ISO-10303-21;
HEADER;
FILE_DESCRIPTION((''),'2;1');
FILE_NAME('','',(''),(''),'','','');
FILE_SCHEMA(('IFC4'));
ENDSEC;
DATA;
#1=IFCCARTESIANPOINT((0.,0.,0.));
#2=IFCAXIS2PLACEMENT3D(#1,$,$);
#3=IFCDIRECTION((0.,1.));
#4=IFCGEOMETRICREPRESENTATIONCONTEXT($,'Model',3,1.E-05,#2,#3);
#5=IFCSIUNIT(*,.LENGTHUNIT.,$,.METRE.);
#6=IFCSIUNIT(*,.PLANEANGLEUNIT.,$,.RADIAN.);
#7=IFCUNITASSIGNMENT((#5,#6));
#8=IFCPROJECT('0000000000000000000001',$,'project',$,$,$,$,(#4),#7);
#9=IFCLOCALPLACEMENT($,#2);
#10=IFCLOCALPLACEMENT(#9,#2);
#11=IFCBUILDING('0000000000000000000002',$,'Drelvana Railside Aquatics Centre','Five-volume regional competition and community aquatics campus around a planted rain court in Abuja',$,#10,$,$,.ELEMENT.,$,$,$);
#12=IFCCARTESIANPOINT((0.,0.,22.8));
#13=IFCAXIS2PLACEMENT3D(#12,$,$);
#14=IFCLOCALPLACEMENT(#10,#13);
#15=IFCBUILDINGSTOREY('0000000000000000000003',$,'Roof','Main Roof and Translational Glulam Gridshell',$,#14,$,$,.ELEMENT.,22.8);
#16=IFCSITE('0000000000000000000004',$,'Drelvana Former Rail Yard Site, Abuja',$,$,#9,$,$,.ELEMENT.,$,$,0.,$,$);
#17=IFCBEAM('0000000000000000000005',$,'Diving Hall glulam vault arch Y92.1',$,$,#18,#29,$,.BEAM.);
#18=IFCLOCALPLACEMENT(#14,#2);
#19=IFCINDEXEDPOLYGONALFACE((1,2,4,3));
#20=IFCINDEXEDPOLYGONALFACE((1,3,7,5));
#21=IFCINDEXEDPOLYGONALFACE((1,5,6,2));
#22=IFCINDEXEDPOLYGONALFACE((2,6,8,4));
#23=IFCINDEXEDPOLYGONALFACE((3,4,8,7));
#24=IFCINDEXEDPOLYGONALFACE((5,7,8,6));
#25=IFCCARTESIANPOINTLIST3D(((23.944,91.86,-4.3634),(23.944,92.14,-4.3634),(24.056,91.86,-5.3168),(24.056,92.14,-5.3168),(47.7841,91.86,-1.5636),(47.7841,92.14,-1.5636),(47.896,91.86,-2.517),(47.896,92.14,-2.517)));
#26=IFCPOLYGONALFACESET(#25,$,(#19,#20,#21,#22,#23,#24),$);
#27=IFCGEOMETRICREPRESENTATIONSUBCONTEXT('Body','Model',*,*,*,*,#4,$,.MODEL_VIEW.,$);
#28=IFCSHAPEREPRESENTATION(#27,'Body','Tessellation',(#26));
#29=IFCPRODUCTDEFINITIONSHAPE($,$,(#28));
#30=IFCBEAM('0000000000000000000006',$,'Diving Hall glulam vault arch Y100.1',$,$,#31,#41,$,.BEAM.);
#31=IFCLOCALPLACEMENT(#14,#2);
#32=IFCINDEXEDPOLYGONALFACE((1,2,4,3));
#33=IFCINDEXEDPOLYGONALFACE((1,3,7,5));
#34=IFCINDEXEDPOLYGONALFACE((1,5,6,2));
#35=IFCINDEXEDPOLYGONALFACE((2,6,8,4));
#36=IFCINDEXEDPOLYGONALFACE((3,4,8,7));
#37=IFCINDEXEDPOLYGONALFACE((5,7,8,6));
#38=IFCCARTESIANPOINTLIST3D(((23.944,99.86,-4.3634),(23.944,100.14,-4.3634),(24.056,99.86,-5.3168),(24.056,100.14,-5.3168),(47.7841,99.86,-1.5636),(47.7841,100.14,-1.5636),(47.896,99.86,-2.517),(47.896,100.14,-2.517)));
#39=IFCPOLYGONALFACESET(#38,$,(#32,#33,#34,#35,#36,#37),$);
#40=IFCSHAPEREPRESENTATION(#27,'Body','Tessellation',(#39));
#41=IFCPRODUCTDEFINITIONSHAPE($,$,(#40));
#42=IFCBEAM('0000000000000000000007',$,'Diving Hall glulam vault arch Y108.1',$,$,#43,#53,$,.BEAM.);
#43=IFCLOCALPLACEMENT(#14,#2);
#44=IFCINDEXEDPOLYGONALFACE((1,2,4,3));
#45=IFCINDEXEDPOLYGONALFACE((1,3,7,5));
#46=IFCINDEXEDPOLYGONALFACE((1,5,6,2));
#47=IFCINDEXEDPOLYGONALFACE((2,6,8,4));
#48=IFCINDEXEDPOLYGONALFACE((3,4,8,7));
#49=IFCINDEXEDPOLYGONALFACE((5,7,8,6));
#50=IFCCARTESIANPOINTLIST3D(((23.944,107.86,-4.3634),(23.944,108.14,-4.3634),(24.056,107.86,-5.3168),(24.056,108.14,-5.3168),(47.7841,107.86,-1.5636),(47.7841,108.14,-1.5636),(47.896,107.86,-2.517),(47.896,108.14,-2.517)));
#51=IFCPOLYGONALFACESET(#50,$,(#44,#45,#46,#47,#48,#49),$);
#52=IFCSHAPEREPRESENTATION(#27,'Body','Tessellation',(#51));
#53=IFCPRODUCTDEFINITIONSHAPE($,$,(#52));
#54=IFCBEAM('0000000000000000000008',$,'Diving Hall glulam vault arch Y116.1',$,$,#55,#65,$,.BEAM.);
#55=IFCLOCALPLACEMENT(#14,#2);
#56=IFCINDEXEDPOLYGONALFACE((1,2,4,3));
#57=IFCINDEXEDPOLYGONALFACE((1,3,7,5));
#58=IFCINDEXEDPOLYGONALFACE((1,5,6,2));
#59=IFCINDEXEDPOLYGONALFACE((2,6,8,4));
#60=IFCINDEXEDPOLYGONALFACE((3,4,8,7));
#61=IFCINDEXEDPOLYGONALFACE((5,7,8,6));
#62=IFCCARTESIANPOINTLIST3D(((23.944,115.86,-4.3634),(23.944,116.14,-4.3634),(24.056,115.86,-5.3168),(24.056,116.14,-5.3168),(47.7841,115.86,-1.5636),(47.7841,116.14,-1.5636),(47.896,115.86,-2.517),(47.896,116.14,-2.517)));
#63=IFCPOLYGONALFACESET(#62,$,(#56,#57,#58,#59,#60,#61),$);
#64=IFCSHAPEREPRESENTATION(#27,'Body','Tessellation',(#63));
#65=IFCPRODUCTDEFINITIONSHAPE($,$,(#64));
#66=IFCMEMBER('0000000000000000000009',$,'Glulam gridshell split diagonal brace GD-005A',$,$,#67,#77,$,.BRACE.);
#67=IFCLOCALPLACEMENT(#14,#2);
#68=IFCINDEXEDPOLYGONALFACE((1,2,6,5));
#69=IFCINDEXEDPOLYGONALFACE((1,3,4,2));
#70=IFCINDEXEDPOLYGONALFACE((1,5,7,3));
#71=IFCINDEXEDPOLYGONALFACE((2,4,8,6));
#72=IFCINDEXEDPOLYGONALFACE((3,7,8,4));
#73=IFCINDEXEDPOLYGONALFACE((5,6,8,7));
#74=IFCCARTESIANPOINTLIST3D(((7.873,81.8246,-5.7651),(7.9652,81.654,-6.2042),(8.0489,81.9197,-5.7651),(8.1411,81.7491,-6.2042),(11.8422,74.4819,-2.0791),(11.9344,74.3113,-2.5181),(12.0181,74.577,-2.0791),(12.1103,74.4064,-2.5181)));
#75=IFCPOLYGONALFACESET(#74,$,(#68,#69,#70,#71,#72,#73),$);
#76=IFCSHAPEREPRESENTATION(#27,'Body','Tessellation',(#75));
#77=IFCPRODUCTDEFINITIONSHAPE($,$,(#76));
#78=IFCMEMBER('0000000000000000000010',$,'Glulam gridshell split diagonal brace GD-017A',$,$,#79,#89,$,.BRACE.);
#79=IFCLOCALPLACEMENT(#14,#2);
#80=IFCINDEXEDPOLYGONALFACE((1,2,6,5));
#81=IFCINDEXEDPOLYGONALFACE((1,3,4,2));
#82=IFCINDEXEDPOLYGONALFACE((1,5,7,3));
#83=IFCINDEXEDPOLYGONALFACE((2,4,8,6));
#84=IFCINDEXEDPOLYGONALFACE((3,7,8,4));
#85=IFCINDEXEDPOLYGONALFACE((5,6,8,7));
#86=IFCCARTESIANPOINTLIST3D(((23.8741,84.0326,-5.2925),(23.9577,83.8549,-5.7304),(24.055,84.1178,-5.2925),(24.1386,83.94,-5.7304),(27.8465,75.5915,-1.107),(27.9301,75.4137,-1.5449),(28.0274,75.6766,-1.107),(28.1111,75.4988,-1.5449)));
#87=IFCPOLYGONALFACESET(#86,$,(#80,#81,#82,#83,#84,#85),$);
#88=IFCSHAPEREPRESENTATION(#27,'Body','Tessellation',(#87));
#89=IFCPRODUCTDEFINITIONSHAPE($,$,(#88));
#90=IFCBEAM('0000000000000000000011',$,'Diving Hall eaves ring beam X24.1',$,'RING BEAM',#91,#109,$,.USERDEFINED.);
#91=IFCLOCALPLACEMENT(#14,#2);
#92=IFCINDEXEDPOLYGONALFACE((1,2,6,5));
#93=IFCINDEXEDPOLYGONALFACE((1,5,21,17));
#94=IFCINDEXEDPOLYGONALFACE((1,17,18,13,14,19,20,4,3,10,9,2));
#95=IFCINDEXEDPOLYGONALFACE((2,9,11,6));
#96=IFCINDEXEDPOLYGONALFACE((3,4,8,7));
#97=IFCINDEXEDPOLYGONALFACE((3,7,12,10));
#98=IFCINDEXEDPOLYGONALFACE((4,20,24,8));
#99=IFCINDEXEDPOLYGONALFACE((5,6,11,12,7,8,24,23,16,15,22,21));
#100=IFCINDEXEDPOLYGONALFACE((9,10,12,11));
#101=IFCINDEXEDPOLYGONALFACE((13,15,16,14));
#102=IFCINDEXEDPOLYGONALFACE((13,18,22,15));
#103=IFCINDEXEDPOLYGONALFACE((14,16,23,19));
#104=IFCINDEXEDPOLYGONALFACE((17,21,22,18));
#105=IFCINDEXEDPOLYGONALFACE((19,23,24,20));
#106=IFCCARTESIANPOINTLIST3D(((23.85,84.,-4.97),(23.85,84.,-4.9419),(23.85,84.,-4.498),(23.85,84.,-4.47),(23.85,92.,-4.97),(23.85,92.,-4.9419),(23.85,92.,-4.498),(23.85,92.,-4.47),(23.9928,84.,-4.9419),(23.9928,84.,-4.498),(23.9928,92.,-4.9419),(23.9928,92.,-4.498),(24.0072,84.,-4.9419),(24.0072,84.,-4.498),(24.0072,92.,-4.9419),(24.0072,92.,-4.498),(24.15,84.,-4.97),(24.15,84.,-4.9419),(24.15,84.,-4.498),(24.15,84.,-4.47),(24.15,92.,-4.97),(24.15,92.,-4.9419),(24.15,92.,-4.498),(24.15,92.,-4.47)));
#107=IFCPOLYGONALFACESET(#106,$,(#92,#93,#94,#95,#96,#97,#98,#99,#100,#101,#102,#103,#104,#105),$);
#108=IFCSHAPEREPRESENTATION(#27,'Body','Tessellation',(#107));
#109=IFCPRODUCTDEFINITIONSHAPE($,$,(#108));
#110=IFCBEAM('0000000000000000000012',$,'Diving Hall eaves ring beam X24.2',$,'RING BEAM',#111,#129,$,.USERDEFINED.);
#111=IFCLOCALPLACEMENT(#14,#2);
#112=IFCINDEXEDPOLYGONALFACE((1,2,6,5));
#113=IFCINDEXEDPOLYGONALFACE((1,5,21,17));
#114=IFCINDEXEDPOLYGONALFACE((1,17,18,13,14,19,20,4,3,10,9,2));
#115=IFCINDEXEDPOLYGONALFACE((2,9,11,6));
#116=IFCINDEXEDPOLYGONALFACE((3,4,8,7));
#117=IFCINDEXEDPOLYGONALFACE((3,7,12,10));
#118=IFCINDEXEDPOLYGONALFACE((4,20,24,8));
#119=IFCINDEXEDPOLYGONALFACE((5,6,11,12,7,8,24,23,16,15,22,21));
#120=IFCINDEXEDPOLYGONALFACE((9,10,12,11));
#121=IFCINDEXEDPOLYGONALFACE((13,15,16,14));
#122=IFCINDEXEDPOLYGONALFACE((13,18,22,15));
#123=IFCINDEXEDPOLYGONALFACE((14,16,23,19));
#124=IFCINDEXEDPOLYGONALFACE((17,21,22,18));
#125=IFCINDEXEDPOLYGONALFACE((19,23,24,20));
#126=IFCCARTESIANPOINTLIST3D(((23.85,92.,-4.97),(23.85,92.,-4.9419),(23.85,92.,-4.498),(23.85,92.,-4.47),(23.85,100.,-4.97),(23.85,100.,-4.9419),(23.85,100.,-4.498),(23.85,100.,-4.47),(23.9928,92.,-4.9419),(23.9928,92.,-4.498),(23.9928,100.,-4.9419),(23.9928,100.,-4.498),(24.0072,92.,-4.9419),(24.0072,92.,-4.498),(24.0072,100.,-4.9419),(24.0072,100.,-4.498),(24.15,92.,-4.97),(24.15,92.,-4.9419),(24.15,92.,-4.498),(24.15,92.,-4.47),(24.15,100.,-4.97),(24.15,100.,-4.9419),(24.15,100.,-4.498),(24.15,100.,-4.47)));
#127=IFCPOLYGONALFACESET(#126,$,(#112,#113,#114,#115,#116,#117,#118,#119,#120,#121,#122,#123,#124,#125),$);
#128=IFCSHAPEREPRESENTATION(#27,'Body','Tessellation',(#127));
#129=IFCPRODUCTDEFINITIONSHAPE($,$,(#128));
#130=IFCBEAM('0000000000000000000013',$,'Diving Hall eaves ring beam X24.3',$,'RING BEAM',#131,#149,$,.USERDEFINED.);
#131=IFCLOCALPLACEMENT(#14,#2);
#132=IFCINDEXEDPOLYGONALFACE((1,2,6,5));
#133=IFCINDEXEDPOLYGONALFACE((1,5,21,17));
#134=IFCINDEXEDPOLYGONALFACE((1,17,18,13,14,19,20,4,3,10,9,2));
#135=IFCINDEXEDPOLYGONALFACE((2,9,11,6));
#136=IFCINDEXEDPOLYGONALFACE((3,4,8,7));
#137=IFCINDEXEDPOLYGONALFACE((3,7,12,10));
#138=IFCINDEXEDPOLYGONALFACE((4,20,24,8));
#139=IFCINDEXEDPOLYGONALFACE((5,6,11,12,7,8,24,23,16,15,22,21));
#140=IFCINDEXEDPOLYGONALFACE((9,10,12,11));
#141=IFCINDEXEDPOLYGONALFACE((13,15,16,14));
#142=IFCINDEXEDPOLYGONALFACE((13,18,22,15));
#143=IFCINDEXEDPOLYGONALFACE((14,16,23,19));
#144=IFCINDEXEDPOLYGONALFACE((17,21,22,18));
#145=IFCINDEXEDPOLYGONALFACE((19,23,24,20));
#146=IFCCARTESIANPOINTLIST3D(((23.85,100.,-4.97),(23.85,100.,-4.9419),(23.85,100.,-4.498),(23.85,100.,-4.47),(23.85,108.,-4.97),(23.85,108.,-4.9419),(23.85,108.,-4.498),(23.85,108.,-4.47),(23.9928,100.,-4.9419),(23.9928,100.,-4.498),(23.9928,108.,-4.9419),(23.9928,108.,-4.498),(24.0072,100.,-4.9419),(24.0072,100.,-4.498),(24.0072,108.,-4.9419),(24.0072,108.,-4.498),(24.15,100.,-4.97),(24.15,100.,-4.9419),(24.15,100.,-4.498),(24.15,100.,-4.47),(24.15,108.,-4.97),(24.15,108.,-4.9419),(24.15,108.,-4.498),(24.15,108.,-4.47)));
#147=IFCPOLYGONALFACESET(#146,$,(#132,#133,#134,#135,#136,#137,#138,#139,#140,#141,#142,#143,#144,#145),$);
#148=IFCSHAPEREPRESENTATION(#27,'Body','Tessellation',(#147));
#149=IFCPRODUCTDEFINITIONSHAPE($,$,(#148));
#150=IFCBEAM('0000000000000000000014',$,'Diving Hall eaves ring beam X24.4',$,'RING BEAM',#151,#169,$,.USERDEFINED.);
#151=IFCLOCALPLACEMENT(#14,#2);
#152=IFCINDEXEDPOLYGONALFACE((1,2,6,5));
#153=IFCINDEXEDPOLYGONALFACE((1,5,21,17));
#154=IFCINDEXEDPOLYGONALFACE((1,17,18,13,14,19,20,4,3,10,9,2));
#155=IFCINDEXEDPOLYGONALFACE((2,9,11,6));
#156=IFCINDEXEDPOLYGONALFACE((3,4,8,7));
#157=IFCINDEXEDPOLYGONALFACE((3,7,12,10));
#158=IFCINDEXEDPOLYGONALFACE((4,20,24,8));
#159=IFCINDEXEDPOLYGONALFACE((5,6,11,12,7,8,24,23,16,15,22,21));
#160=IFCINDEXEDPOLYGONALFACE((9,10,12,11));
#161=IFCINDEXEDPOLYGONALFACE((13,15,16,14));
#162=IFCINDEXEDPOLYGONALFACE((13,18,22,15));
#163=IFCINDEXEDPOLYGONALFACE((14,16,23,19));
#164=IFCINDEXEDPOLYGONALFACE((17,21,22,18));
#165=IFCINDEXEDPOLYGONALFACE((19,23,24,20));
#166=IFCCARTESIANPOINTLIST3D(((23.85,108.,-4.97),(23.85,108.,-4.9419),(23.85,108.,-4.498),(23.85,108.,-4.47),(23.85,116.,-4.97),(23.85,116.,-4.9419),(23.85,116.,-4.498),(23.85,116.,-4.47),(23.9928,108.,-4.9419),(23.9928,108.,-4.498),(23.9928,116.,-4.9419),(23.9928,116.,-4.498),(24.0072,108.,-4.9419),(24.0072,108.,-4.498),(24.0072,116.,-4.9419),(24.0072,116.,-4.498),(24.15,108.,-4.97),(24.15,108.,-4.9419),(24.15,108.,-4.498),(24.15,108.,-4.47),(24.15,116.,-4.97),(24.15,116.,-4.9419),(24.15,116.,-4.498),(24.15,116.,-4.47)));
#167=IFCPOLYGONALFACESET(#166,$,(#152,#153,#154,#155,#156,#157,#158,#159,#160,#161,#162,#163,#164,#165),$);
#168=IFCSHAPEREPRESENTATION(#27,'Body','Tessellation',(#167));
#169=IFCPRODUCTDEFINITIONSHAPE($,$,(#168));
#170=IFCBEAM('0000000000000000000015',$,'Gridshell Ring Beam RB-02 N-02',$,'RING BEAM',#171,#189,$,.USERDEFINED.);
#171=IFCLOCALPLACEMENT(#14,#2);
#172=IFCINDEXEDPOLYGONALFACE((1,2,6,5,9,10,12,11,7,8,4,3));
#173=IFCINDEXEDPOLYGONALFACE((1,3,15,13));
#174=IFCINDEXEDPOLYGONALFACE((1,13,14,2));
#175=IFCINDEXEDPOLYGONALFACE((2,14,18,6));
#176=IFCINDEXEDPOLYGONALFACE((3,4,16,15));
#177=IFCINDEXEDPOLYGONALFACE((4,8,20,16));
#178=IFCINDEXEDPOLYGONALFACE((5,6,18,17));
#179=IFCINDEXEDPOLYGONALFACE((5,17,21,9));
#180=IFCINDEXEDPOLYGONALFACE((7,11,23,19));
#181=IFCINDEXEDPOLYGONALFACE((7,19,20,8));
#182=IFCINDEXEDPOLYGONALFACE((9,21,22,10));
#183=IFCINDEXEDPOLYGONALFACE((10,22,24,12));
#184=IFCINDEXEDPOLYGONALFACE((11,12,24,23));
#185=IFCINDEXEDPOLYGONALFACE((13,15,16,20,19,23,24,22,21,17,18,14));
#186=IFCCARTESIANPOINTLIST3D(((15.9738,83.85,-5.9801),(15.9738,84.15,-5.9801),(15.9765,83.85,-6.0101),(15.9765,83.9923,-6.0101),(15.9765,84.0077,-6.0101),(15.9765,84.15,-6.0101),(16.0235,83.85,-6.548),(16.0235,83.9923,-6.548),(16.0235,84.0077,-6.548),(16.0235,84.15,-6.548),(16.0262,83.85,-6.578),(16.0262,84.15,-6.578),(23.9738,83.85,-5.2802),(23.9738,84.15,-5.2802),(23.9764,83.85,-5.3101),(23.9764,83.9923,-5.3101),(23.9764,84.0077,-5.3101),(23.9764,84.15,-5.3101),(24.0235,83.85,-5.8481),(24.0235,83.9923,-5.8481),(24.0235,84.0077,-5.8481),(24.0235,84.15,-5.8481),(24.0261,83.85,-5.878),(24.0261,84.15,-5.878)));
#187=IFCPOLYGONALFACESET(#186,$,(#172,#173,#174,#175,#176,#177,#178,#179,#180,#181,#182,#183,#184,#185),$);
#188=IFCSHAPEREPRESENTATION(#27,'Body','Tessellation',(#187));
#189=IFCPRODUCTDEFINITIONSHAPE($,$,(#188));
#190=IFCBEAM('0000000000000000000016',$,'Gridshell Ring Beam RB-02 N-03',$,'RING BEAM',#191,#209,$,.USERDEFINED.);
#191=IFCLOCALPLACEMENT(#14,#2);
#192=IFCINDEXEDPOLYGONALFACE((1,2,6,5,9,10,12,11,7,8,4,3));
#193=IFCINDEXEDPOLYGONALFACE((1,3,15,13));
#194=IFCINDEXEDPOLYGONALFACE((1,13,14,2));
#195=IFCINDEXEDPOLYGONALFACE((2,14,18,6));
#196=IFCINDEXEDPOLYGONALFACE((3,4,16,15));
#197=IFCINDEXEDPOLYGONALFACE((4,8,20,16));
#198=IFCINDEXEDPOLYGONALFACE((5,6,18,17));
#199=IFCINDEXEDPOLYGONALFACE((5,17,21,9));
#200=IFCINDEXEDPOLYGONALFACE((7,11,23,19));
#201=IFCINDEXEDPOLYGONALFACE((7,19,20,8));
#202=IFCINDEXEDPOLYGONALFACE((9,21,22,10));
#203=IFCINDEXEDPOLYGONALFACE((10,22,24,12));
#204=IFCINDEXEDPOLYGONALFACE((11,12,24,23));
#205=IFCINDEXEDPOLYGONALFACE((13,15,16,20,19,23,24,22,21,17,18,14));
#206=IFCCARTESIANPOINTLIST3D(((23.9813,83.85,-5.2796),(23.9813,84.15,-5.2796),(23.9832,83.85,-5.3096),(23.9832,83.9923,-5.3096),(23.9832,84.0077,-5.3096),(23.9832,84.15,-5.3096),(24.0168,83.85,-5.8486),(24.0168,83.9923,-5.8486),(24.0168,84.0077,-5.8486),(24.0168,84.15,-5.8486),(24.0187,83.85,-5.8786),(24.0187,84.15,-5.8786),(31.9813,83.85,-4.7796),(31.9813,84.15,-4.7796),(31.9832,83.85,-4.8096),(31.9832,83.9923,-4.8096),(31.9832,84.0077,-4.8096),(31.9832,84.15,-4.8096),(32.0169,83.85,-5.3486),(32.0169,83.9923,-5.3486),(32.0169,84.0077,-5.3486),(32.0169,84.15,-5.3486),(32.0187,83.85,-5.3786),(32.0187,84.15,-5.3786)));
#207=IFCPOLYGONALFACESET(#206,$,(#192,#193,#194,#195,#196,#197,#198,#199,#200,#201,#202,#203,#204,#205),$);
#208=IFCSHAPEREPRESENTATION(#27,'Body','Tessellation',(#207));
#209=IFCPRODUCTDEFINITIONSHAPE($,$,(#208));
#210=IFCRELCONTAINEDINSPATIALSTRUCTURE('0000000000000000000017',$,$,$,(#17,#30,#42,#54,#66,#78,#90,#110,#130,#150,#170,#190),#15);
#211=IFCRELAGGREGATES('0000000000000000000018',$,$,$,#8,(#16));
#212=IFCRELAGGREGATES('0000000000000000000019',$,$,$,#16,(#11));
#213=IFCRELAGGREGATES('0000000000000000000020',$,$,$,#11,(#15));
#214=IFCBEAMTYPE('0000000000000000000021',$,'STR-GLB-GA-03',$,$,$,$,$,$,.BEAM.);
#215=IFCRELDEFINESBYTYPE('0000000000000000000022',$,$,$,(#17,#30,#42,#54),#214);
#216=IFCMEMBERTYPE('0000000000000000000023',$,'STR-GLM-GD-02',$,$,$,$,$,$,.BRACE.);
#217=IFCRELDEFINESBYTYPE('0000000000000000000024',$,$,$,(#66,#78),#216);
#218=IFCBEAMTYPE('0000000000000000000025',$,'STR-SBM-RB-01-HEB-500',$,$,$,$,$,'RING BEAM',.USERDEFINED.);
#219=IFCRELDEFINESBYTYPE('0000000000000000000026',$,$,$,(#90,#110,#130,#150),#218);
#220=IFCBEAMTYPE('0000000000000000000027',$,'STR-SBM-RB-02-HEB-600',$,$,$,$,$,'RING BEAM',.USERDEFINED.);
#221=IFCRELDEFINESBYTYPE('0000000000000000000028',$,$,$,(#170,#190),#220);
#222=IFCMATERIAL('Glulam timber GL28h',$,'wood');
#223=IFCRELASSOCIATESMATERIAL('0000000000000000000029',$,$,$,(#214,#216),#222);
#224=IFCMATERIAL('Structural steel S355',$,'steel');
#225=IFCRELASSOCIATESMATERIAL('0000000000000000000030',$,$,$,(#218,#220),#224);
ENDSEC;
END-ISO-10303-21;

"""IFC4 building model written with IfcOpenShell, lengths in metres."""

from ifc_helpers import new_model, si_unit, direction, frame, origin, origin_2d, place, context, subcontext, project, spatial, rectangle, i_section, extrude, material, material_profile, profile_set, type_object, element, save


model = new_model("IFC4")

# Units and contexts
model_context = context("Model", 3, precision=1e-05, world=origin(), true_north=direction((0.0, 1.0)))
body_context = subcontext(model_context, "Body", "Model", "MODEL_VIEW")
ifc_project = project(units=[si_unit("LENGTHUNIT", "METRE"), si_unit("PLANEANGLEUNIT", "RADIAN")], contexts=[model_context])

# Site, building, storey
site_placement = place(None, origin())
site = spatial("IfcSite", under=ifc_project, at=site_placement, Name="Drelvana Former Rail Yard Site, Abuja", CompositionType="ELEMENT", RefElevation=0.0)
building_placement = place(site_placement, origin())
building = spatial("IfcBuilding", under=site, at=building_placement, Name="Drelvana Railside Aquatics Centre", Description="Five-volume regional competition and community aquatics campus around a planted rain court in Abuja", CompositionType="ELEMENT")
storey_placement = place(building_placement, frame((0.0, 0.0, 22.8)))
storey = spatial("IfcBuildingStorey", under=building, at=storey_placement, Name="Roof", Description="Main Roof and Translational Glulam Gridshell", CompositionType="ELEMENT", Elevation=22.8)

# Beams
ifc_material_1 = material(Name="Glulam timber GL28h", Category="wood")
ifc_material_profile_1 = material_profile(ifc_material_1, rectangle(XDim=0.28, YDim=0.96, at=origin_2d()), Name="GL28h 280x960")
ifc_profile_set_1 = profile_set([ifc_material_profile_1], Name="Glulam timber GL28h")
beam_type_1 = type_object("IfcBeamType", Name="STR-GLB-GA-03", PredefinedType="BEAM", material=ifc_profile_set_1)
for number, where, z_axis, x_axis, name in (
    (1, (24.0, 92.0, -4.8401), (0.993174, 0.0, 0.116639), (0.0, 1.0, 0.0), "Diving Hall glulam vault arch Y92.1"),
    (2, (24.0, 100.0, -4.8401), (0.993174, 0.0, 0.116639), (0.0, 1.0, 0.0), "Diving Hall glulam vault arch Y100.1"),
    (3, (24.0, 108.0, -4.8401), (0.993174, 0.0, 0.116639), (0.0, 1.0, 0.0), "Diving Hall glulam vault arch Y108.1"),
    (4, (24.0, 116.0, -4.8401), (0.993174, 0.0, 0.116639), (0.0, 1.0, 0.0), "Diving Hall glulam vault arch Y116.1"),
):
    element("IfcBeam", number, at=place(storey_placement, frame(where, z_axis=z_axis, x_axis=x_axis)), inside=storey, type_object=beam_type_1, Name=name, PredefinedType="BEAM", context=body_context, shape_type="SweptSolid", body=[
        extrude(rectangle(XDim=0.28, YDim=0.96, at=origin_2d()), origin(), (0.0, 0.0, 1.0), 24.0039),
    ])

# Members
ifc_material_profile_2 = material_profile(ifc_material_1, rectangle(XDim=0.2, YDim=0.48, at=origin_2d()), Name="GL28h 200x480")
ifc_profile_set_2 = profile_set([ifc_material_profile_2], Name="Glulam timber GL28h")
member_type = type_object("IfcMemberType", Name="STR-GLM-GD-02", PredefinedType="BRACE", material=ifc_profile_set_2)
member_1_placement = place(storey_placement, frame((8.0071, 81.7869, -5.9846), z_axis=(0.435005, -0.804724, 0.403967), x_axis=(0.879698, 0.475533, 0.0)))
element("IfcMember", 5, at=member_1_placement, inside=storey, type_object=member_type, Name="Glulam gridshell split diagonal brace GD-005A", PredefinedType="BRACE", context=body_context, shape_type="SweptSolid", body=[
    extrude(rectangle(XDim=0.2, YDim=0.48, at=origin_2d()), origin(), (0.0, 0.0, 1.0), 9.1245),
])
member_2_placement = place(storey_placement, frame((24.0063, 83.9863, -5.5115), z_axis=(0.388497, -0.825536, 0.409342), x_axis=(0.904815, 0.425806, 0.0)))
element("IfcMember", 6, at=member_2_placement, inside=storey, type_object=member_type, Name="Glulam gridshell split diagonal brace GD-017A", PredefinedType="BRACE", context=body_context, shape_type="SweptSolid", body=[
    extrude(rectangle(XDim=0.2, YDim=0.48, at=origin_2d()), origin(), (0.0, 0.0, 1.0), 10.2251),
])

# Beams
ifc_material_2 = material(Name="Structural steel S355", Category="steel")
ifc_material_profile_3 = material_profile(ifc_material_2, i_section(OverallWidth=0.3, OverallDepth=0.5, WebThickness=0.0144, FlangeThickness=0.0281, at=origin_2d()), Name="HEB 500")
ifc_profile_set_3 = profile_set([ifc_material_profile_3], Name="Structural steel S355")
beam_type_2 = type_object("IfcBeamType", Name="STR-SBM-RB-01-HEB-500", ElementType="RING BEAM", PredefinedType="USERDEFINED", material=ifc_profile_set_3)
for number, where, z_axis, x_axis, name in (
    (7, (24.0, 84.0, -4.72), (0.0, 1.0, 0.0), (-1.0, 0.0, 0.0), "Diving Hall eaves ring beam X24.1"),
    (8, (24.0, 92.0, -4.72), (0.0, 1.0, 0.0), (-1.0, 0.0, 0.0), "Diving Hall eaves ring beam X24.2"),
    (9, (24.0, 100.0, -4.72), (0.0, 1.0, 0.0), (-1.0, 0.0, 0.0), "Diving Hall eaves ring beam X24.3"),
    (10, (24.0, 108.0, -4.72), (0.0, 1.0, 0.0), (-1.0, 0.0, 0.0), "Diving Hall eaves ring beam X24.4"),
):
    element("IfcBeam", number, at=place(storey_placement, frame(where, z_axis=z_axis, x_axis=x_axis)), inside=storey, type_object=beam_type_2, Name=name, ObjectType="RING BEAM", PredefinedType="USERDEFINED", context=body_context, shape_type="SweptSolid", body=[
        extrude(i_section(OverallWidth=0.3, OverallDepth=0.5, WebThickness=0.0144, FlangeThickness=0.0281, at=origin_2d()), origin(), (0.0, 0.0, 1.0), 8.0),
    ])
ifc_material_profile_4 = material_profile(ifc_material_2, i_section(OverallWidth=0.3, OverallDepth=0.6001, WebThickness=0.0154, FlangeThickness=0.03, at=origin_2d()), Name="HEB 600")
ifc_profile_set_4 = profile_set([ifc_material_profile_4], Name="Structural steel S355")
beam_type_3 = type_object("IfcBeamType", Name="STR-SBM-RB-02-HEB-600", ElementType="RING BEAM", PredefinedType="USERDEFINED", material=ifc_profile_set_4)
beam_1_placement = place(storey_placement, frame((16.0, 84.0, -6.2791), z_axis=(0.996194, 0.0, 0.087161), x_axis=(0.0, 1.0, 0.0)))
element("IfcBeam", 11, at=beam_1_placement, inside=storey, type_object=beam_type_3, Name="Gridshell Ring Beam RB-02 N-02", ObjectType="RING BEAM", PredefinedType="USERDEFINED", context=body_context, shape_type="SweptSolid", body=[
    extrude(i_section(OverallWidth=0.3, OverallDepth=0.6001, WebThickness=0.0154, FlangeThickness=0.03, at=origin_2d()), origin(), (0.0, 0.0, 1.0), 8.0305),
])
beam_2_placement = place(storey_placement, frame((24.0, 84.0, -5.5791), z_axis=(0.998053, 0.0, 0.062378), x_axis=(0.0, 1.0, 0.0)))
element("IfcBeam", 12, at=beam_2_placement, inside=storey, type_object=beam_type_3, Name="Gridshell Ring Beam RB-02 N-03", ObjectType="RING BEAM", PredefinedType="USERDEFINED", context=body_context, shape_type="SweptSolid", body=[
    extrude(i_section(OverallWidth=0.3, OverallDepth=0.6001, WebThickness=0.0154, FlangeThickness=0.03, at=origin_2d()), origin(), (0.0, 0.0, 1.0), 8.0156),
])

save(model, "model.ifc")
